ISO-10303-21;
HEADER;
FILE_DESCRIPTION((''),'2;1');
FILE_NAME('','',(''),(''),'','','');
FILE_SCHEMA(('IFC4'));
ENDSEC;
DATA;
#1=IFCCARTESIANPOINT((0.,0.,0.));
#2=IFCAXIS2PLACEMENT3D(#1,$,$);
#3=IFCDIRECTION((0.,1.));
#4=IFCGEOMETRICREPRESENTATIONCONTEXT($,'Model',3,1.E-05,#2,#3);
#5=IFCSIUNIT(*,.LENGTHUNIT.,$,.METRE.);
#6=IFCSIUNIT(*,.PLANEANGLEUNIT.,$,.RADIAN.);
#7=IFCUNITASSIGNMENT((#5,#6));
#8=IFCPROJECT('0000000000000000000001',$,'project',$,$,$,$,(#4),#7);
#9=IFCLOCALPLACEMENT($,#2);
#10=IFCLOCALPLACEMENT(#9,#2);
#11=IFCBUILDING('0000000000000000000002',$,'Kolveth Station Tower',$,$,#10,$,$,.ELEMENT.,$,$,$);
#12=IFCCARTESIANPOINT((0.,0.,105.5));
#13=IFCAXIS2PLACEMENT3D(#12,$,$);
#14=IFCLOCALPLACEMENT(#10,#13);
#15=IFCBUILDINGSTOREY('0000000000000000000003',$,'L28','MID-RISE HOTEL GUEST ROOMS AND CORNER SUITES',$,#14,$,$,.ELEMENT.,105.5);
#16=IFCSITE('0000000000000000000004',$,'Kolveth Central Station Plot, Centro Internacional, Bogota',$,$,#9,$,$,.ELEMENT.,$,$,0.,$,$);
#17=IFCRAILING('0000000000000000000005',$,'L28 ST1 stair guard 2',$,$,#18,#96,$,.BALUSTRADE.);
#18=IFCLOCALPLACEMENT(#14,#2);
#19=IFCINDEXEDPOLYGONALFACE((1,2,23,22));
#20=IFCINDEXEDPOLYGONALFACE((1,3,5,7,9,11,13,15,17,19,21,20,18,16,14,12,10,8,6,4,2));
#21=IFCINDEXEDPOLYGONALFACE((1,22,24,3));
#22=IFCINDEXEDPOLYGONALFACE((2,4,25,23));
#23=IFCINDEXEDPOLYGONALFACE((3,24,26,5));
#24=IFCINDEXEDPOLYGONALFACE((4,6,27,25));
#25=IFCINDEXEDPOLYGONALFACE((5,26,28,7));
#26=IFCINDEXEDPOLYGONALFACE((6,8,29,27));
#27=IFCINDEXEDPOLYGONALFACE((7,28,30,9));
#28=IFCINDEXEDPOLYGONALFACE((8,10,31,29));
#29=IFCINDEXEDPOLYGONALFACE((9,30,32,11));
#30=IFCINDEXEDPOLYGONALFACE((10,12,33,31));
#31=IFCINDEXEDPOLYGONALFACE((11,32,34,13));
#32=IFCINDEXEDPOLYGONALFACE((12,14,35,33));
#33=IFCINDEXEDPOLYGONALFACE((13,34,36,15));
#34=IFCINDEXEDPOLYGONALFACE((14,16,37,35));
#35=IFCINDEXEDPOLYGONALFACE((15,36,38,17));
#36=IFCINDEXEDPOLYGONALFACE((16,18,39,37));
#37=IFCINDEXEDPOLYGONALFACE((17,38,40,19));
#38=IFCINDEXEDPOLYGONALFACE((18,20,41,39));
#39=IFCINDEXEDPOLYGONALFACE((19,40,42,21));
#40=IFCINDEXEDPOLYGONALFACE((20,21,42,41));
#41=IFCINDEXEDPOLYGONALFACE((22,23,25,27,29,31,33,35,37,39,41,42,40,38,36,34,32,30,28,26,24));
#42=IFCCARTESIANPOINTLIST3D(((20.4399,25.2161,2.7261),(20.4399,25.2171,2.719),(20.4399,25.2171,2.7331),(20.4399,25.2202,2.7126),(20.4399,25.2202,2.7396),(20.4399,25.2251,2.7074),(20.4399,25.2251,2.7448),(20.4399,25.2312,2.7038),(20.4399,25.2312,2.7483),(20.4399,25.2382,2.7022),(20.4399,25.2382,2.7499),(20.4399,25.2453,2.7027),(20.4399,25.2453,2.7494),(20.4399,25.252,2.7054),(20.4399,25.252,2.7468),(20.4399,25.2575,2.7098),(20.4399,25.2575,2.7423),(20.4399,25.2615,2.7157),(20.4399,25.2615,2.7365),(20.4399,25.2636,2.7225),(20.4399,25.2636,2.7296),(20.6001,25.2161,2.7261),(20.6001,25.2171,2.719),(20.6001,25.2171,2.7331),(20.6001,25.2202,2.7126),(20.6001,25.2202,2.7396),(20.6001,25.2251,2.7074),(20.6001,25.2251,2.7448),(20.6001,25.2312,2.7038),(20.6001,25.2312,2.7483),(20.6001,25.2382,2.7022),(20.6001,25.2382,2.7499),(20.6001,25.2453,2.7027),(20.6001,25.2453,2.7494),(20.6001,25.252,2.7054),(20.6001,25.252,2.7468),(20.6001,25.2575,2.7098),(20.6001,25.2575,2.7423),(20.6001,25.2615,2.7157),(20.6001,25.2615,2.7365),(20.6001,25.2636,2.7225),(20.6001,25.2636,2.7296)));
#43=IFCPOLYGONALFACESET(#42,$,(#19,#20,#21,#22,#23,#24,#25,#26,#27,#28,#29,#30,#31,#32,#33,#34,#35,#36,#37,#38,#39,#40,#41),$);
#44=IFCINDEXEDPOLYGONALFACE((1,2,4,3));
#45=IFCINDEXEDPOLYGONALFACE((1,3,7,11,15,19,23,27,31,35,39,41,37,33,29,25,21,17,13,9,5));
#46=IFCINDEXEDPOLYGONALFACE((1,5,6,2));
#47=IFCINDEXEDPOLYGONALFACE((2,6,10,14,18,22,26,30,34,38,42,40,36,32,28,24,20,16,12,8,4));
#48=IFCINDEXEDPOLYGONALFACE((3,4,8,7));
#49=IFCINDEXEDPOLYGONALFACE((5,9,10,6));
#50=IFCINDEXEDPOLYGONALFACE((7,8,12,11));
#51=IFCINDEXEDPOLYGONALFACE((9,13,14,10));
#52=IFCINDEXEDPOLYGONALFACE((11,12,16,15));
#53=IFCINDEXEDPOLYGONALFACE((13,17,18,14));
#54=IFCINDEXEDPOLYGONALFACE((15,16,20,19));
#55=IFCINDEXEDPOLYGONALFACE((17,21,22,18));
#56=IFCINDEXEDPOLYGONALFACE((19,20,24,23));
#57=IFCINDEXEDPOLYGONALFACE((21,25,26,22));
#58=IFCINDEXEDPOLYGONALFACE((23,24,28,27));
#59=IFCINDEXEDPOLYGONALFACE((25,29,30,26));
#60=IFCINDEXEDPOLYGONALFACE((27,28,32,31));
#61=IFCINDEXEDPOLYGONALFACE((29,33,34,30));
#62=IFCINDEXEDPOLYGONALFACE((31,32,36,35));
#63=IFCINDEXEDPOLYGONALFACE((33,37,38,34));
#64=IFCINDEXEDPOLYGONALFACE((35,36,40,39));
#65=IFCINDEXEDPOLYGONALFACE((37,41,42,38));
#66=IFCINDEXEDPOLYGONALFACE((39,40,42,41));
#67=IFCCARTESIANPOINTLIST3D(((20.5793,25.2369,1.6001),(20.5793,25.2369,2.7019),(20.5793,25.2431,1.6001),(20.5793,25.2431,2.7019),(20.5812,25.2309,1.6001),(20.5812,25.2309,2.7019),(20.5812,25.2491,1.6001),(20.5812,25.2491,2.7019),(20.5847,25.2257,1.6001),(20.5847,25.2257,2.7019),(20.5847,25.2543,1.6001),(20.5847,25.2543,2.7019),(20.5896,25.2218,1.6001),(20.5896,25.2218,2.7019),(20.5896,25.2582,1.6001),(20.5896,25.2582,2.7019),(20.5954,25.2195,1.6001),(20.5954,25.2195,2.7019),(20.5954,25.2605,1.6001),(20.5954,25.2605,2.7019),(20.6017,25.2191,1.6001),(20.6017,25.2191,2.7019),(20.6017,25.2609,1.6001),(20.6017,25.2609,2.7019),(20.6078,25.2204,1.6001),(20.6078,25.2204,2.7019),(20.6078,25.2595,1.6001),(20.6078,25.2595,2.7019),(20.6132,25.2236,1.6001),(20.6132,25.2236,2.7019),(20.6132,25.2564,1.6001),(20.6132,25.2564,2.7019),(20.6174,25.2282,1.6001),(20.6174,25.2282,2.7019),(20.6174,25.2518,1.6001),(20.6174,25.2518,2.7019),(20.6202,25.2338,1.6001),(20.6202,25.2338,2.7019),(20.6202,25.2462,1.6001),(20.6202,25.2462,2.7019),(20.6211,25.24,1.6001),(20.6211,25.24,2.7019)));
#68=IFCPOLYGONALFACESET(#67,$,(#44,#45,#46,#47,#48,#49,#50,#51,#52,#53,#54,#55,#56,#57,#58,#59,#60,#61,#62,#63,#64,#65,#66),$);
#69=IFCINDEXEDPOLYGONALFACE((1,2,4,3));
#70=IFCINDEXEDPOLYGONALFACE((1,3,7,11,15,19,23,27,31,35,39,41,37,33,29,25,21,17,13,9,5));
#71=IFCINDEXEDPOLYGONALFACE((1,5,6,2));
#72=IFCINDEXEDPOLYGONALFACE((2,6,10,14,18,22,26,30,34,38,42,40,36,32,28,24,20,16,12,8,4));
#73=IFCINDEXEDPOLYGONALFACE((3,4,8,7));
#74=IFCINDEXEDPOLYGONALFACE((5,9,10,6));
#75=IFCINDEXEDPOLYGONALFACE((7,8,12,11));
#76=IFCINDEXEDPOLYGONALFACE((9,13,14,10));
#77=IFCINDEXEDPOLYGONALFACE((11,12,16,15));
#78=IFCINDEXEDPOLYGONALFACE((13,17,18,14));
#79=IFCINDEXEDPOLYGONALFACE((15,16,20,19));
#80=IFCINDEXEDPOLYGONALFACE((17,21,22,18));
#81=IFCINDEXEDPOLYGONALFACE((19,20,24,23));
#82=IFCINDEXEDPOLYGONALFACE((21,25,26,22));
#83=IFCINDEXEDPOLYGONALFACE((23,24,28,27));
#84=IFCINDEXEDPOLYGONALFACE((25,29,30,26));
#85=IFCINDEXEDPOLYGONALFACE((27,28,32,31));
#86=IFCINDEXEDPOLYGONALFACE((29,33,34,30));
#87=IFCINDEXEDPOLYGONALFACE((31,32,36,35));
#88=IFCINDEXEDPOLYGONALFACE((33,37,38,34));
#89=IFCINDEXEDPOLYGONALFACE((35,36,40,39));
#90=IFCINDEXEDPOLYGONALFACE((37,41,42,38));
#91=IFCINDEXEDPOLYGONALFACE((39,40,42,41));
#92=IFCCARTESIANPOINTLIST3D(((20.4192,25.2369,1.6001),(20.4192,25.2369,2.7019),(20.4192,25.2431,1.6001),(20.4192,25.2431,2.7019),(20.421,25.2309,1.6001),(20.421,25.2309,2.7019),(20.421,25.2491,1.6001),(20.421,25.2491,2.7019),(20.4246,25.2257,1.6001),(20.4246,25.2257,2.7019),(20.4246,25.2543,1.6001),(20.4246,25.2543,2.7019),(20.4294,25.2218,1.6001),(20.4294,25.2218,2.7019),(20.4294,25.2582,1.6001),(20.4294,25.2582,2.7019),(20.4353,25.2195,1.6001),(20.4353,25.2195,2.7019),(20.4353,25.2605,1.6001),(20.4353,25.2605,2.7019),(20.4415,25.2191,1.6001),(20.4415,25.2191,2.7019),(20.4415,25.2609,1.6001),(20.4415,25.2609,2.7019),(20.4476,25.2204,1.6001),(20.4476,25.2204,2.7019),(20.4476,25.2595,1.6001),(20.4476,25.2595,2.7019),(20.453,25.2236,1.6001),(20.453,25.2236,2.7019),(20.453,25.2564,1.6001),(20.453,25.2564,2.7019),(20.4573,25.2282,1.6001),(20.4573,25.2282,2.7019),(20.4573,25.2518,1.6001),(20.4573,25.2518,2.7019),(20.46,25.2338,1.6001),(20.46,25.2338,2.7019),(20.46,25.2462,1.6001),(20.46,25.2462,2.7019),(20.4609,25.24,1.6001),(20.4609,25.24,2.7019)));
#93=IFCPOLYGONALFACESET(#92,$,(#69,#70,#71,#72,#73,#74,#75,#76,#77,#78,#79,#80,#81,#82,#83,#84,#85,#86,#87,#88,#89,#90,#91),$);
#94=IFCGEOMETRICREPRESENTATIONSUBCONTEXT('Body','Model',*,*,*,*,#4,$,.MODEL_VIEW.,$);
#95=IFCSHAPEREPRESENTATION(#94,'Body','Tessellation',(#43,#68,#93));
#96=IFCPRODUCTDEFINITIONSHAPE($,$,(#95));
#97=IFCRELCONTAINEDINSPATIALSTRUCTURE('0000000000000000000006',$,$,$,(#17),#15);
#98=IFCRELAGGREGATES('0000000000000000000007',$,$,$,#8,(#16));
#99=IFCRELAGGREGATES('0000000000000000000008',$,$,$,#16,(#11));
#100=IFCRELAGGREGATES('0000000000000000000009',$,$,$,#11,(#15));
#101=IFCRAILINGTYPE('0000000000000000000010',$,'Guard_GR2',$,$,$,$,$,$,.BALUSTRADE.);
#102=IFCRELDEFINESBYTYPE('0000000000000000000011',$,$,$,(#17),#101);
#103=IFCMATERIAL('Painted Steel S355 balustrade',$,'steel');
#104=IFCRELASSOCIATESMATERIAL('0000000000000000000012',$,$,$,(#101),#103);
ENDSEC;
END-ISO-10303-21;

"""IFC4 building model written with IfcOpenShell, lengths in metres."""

from ifc_helpers import new_model, si_unit, direction, frame, origin, origin_2d, place, context, subcontext, project, spatial, circle, extrude, material, type_object, element, save


model = new_model("IFC4")

# Units and contexts
model_context = context("Model", 3, precision=1e-05, world=origin(), true_north=direction((0.0, 1.0)))
body_context = subcontext(model_context, "Body", "Model", "MODEL_VIEW")
ifc_project = project(units=[si_unit("LENGTHUNIT", "METRE"), si_unit("PLANEANGLEUNIT", "RADIAN")], contexts=[model_context])

# Site, building, storey
site_placement = place(None, origin())
site = spatial("IfcSite", under=ifc_project, at=site_placement, Name="Kolveth Central Station Plot, Centro Internacional, Bogota", CompositionType="ELEMENT", RefElevation=0.0)
building_placement = place(site_placement, origin())
building = spatial("IfcBuilding", under=site, at=building_placement, Name="Kolveth Station Tower", CompositionType="ELEMENT")
storey_placement = place(building_placement, frame((0.0, 0.0, 105.5)))
storey = spatial("IfcBuildingStorey", under=building, at=storey_placement, Name="L28", Description="MID-RISE HOTEL GUEST ROOMS AND CORNER SUITES", CompositionType="ELEMENT", Elevation=105.5)

# Railing
ifc_material_1 = material(Name="Painted Steel S355 balustrade", Category="steel")
railing_type_1 = type_object("IfcRailingType", Name="Guard_GR2", PredefinedType="BALUSTRADE", material=ifc_material_1)
railing_1_placement = place(storey_placement, frame((20.6001, 25.24, 1.6001)))
element("IfcRailing", 1, at=railing_1_placement, inside=storey, type_object=railing_type_1, Name="L28 ST1 stair guard 2", PredefinedType="BALUSTRADE", context=body_context, shape_type="SweptSolid", body=[
    extrude(circle(Radius=0.0239, at=origin_2d()), frame((0.0, 0.0, 1.126), z_axis=(-1.0, 0.0, 0.0), x_axis=(0.0, -1.0, 0.0)), (0.0, 0.0, 1.0), 0.1602),
    extrude(circle(Radius=0.021, at=origin_2d()), origin(), (0.0, 0.0, 1.0), 1.1018),
    extrude(circle(Radius=0.021, at=origin_2d()), frame((-0.1602, 0.0, 0.0)), (0.0, 0.0, 1.0), 1.1018),
])

save(model, "model.ifc")
